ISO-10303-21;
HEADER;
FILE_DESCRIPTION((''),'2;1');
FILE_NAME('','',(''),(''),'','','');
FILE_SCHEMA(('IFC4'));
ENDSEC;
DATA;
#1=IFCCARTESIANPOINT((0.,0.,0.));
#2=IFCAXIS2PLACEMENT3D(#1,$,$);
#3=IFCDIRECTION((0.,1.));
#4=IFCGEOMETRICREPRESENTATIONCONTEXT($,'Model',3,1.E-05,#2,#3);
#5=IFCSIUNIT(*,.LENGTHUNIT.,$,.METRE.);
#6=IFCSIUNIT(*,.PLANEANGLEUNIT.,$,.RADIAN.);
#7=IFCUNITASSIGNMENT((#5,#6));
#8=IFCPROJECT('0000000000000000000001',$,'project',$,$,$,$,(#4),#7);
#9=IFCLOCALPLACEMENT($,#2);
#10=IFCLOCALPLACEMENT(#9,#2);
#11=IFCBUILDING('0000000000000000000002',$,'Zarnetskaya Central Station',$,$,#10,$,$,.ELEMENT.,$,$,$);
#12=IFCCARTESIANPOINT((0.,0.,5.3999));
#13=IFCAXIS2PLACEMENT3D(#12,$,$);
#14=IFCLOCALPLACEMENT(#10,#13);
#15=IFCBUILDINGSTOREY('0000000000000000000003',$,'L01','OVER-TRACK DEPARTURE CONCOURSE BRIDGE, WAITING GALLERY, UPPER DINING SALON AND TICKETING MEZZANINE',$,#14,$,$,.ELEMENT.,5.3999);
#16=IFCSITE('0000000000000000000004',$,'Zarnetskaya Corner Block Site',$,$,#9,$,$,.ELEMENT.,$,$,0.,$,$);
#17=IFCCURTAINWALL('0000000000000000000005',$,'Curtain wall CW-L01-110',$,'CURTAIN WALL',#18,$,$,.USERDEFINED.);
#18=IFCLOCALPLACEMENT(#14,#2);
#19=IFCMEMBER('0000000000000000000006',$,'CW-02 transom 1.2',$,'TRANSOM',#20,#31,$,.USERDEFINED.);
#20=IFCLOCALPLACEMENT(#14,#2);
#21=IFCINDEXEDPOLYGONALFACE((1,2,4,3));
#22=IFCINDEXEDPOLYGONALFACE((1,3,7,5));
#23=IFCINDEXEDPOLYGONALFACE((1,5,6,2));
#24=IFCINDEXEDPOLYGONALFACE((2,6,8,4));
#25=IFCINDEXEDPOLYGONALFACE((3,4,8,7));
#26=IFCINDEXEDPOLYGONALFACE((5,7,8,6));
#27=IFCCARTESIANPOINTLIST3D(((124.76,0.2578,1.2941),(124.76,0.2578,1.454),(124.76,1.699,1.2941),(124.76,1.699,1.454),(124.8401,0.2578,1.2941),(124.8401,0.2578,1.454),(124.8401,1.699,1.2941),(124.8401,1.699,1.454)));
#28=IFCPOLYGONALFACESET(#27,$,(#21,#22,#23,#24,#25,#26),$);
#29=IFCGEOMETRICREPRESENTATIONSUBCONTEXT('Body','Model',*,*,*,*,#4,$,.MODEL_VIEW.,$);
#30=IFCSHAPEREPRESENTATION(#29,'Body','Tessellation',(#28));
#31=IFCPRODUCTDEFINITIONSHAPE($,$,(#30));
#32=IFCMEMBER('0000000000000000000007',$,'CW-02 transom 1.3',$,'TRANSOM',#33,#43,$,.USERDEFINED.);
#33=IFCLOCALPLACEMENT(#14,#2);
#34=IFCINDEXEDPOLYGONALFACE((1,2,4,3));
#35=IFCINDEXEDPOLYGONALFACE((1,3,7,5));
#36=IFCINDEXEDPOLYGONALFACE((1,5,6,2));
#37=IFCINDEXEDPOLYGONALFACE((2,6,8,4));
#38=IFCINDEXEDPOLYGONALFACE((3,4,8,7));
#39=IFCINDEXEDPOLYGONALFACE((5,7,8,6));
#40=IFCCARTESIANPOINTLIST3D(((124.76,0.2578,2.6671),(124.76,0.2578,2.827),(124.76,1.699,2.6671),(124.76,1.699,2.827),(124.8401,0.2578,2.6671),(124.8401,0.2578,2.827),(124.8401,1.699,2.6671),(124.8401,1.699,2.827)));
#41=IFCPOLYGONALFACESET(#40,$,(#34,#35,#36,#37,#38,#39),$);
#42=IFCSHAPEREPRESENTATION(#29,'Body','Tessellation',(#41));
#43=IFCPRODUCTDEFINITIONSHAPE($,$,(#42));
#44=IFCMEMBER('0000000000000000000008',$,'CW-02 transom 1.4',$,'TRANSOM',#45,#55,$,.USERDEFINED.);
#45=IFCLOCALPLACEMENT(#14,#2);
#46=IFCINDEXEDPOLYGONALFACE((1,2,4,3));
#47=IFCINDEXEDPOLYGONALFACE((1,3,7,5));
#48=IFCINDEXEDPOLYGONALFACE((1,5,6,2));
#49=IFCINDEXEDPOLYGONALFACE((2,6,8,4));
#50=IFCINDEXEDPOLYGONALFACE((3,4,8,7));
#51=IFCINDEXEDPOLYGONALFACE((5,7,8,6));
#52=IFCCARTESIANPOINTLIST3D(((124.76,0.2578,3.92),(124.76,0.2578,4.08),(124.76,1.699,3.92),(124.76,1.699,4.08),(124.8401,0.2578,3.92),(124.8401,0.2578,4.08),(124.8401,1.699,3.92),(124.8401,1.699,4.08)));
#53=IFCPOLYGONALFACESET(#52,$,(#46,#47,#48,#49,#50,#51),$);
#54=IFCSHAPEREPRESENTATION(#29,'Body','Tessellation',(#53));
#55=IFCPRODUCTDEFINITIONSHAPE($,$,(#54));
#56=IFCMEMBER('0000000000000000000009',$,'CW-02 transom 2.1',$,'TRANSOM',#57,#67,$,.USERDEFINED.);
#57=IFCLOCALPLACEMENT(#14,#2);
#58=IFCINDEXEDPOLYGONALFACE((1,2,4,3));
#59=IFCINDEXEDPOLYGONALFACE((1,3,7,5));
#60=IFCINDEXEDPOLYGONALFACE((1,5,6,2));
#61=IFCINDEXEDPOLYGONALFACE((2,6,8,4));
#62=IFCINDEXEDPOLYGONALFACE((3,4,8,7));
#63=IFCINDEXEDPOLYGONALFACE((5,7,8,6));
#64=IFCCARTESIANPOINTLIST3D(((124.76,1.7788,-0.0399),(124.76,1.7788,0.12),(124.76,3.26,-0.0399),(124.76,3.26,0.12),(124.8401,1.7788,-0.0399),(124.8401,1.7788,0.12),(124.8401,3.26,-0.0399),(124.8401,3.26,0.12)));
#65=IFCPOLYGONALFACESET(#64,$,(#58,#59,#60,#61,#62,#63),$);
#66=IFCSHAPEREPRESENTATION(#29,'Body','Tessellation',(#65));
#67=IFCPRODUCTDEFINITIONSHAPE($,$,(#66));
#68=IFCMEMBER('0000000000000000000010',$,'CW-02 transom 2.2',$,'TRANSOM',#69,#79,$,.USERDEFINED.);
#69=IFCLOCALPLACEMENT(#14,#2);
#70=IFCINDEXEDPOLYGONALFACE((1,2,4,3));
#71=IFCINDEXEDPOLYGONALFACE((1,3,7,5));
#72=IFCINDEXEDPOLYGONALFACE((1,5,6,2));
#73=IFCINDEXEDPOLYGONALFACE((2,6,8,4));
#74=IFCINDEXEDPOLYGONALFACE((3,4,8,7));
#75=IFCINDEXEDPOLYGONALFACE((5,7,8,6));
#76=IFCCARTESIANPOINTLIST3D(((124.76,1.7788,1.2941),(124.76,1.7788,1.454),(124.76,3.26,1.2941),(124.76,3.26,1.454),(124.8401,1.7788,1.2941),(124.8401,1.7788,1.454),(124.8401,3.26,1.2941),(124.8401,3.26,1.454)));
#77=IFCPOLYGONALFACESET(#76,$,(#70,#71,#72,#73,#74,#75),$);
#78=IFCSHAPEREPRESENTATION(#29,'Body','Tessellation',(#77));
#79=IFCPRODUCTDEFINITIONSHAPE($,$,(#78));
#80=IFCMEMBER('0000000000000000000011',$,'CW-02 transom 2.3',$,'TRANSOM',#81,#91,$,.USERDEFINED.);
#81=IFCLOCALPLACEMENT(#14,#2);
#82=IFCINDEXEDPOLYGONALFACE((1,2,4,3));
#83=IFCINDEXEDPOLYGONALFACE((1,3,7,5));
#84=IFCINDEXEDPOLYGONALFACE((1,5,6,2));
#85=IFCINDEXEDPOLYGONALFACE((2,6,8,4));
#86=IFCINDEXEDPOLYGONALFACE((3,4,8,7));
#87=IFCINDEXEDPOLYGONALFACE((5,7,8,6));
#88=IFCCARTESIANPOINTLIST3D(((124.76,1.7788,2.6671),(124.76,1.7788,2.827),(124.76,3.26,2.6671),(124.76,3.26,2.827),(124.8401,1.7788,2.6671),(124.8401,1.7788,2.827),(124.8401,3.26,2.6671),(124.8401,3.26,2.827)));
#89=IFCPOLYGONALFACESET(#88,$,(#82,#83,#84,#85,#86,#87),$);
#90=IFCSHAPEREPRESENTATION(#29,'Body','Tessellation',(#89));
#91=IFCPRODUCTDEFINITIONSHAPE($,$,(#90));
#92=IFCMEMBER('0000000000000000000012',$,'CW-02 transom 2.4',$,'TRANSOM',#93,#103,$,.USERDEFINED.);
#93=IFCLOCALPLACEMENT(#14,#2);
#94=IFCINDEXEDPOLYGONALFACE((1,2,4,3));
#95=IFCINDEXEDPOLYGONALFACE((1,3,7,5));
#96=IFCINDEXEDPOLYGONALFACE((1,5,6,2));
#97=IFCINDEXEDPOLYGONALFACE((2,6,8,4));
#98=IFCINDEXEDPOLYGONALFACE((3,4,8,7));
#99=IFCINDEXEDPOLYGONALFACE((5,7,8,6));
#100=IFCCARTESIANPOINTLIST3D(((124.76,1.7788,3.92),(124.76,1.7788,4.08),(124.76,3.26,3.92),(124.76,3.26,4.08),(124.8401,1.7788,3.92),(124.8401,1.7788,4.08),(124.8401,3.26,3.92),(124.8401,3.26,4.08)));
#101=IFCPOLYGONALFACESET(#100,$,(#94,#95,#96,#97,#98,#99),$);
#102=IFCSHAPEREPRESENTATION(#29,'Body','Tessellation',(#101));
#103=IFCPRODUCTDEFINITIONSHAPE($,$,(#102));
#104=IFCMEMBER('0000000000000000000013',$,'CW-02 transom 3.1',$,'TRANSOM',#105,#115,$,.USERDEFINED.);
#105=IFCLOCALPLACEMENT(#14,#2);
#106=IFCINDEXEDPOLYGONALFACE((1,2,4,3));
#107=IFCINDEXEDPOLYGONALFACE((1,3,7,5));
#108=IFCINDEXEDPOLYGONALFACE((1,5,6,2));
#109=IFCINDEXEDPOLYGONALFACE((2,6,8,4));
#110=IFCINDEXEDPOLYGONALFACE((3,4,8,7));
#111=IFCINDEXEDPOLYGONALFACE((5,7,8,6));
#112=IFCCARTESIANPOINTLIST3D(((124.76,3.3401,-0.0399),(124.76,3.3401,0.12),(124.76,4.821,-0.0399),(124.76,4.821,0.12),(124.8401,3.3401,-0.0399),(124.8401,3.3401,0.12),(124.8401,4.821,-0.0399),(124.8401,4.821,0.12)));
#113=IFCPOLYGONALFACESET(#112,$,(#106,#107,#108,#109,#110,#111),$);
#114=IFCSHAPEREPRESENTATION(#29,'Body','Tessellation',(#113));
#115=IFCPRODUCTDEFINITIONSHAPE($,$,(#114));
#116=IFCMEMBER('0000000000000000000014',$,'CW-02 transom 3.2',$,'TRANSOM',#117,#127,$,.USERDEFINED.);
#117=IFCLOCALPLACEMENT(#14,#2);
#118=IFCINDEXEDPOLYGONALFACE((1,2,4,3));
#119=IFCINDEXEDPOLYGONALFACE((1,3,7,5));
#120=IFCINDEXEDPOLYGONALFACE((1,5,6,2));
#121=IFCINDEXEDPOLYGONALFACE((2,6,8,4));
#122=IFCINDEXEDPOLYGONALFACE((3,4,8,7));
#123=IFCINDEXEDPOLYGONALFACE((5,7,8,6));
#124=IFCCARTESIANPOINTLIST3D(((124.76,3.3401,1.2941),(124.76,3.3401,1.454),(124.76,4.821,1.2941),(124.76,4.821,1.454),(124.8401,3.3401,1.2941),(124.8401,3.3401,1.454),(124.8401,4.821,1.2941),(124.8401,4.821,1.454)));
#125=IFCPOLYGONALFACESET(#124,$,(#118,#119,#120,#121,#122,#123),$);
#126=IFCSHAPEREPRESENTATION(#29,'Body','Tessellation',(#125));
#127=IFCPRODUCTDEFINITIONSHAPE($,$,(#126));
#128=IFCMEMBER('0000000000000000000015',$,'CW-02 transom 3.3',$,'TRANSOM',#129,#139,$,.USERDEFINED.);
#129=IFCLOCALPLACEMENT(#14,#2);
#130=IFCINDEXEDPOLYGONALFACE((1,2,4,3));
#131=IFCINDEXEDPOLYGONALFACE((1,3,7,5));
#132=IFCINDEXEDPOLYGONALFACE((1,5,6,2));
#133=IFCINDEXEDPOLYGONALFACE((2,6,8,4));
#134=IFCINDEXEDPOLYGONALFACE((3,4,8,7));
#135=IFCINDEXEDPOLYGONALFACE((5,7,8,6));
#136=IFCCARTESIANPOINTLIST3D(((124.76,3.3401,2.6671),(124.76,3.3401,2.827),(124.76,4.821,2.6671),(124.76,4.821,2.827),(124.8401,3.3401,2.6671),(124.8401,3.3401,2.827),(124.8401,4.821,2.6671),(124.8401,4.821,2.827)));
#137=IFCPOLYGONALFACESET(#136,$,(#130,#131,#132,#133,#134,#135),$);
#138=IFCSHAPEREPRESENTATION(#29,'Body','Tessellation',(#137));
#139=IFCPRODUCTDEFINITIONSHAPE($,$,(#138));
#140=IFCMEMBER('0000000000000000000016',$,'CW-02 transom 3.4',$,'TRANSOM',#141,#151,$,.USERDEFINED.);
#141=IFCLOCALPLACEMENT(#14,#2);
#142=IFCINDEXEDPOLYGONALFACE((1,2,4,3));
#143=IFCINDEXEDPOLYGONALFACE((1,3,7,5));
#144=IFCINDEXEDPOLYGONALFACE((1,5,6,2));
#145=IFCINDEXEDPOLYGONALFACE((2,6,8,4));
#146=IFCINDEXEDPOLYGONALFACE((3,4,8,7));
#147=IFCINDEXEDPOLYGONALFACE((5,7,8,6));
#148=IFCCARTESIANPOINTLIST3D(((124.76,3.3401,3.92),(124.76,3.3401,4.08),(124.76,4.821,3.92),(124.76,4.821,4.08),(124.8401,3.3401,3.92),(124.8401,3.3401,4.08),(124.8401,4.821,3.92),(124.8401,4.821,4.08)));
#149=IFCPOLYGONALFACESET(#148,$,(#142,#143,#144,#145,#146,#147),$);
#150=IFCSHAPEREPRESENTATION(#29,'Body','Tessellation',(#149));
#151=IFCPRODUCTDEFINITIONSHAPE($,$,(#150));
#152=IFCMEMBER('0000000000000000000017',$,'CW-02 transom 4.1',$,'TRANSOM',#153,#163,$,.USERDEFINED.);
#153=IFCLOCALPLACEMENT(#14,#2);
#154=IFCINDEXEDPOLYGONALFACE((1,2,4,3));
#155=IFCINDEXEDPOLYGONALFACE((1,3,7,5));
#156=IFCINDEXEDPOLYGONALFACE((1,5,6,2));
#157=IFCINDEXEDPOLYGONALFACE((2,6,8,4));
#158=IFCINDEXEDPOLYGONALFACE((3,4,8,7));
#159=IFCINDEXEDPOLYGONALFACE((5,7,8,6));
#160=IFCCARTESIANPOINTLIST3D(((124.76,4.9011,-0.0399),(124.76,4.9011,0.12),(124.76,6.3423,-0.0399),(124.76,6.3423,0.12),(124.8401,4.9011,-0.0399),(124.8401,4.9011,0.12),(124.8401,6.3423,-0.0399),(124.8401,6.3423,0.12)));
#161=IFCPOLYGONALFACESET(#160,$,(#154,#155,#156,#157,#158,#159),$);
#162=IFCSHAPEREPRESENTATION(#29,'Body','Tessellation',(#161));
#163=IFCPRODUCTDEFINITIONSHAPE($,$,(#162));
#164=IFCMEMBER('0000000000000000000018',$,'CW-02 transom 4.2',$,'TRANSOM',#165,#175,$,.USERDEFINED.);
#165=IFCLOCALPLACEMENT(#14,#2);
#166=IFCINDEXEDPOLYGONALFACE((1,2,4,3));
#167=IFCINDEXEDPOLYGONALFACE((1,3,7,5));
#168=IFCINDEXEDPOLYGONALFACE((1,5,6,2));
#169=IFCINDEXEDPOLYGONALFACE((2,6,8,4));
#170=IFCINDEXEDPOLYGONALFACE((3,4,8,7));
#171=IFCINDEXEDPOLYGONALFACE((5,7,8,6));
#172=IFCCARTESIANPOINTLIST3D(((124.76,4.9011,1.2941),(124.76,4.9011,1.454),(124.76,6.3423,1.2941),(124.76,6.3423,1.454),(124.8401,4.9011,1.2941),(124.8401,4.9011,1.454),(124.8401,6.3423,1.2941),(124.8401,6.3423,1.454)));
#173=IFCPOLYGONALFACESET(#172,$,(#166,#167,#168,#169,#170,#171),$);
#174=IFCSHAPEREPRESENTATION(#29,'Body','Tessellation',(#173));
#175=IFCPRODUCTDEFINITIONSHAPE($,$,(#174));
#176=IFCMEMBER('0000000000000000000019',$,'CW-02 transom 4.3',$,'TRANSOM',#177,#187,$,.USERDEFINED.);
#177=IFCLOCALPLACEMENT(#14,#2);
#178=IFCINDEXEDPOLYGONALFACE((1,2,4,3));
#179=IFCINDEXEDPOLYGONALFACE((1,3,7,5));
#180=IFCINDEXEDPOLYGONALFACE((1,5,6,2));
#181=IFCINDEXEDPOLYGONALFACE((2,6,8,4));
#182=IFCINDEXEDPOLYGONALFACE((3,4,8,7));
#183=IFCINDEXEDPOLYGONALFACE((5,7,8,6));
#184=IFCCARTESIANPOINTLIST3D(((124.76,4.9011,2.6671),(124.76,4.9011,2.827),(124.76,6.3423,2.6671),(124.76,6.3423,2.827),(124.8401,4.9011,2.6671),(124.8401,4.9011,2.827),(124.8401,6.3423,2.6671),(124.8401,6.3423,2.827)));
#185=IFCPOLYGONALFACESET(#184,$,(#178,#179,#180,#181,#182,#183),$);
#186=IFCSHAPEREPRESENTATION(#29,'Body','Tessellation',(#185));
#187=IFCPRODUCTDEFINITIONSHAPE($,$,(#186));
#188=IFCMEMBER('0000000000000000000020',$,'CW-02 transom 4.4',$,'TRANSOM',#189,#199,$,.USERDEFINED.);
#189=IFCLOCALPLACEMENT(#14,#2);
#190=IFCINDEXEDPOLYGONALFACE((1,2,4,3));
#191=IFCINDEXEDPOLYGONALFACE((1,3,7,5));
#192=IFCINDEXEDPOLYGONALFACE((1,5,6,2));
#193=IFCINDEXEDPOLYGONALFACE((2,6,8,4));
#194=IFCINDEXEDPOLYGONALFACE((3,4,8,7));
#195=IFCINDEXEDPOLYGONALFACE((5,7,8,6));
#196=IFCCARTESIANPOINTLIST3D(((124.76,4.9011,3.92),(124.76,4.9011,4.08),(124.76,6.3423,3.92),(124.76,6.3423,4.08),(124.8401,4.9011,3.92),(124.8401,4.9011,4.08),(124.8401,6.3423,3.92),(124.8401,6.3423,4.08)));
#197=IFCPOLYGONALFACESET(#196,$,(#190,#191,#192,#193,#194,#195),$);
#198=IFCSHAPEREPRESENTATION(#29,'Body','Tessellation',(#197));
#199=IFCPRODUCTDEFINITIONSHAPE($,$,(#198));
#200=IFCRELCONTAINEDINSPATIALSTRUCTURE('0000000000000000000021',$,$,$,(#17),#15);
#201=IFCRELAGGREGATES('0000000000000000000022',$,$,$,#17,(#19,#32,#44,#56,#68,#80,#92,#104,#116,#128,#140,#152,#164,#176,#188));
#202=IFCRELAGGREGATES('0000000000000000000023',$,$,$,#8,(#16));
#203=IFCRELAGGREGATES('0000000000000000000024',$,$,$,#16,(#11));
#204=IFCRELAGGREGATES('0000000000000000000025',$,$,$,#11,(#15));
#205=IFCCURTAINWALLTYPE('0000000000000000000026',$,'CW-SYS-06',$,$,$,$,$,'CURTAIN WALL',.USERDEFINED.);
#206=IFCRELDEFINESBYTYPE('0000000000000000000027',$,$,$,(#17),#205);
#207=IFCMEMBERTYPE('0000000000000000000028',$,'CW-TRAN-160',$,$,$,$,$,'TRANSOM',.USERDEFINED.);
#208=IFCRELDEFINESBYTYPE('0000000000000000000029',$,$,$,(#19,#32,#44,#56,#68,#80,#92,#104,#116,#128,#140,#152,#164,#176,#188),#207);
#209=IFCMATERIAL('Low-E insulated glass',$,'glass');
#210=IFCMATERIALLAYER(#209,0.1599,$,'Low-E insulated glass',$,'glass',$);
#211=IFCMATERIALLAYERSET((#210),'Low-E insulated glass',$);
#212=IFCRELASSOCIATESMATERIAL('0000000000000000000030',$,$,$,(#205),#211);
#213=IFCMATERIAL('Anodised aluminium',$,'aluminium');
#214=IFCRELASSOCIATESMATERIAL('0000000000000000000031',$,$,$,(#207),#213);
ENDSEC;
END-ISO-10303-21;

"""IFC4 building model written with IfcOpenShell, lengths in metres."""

from ifc_helpers import new_model, si_unit, direction, frame, origin, origin_2d, place, context, subcontext, project, spatial, rectangle, extrude, material, layer, layer_set, material_profile, profile_set, type_object, element, aggregate, save


model = new_model("IFC4")

# Units and contexts
model_context = context("Model", 3, precision=1e-05, world=origin(), true_north=direction((0.0, 1.0)))
body_context = subcontext(model_context, "Body", "Model", "MODEL_VIEW")
ifc_project = project(units=[si_unit("LENGTHUNIT", "METRE"), si_unit("PLANEANGLEUNIT", "RADIAN")], contexts=[model_context])

# Site, building, storey
site_placement = place(None, origin())
site = spatial("IfcSite", under=ifc_project, at=site_placement, Name="Zarnetskaya Corner Block Site", CompositionType="ELEMENT", RefElevation=0.0)
building_placement = place(site_placement, origin())
building = spatial("IfcBuilding", under=site, at=building_placement, Name="Zarnetskaya Central Station", CompositionType="ELEMENT")
storey_placement = place(building_placement, frame((0.0, 0.0, 5.3999)))
storey = spatial("IfcBuildingStorey", under=building, at=storey_placement, Name="L01", Description="OVER-TRACK DEPARTURE CONCOURSE BRIDGE, WAITING GALLERY, UPPER DINING SALON AND TICKETING MEZZANINE", CompositionType="ELEMENT", Elevation=5.3999)

# Curtain wall, members
ifc_material_1 = material(Name="Low-E insulated glass", Category="glass")
ifc_layer_1 = layer(ifc_material_1, 0.1599, Name="Low-E insulated glass", Category="glass")
ifc_layer_set_1 = layer_set([ifc_layer_1], Name="Low-E insulated glass")
curtain_wall_type = type_object("IfcCurtainWallType", Name="CW-SYS-06", ElementType="CURTAIN WALL", PredefinedType="USERDEFINED", material=ifc_layer_set_1)
curtain_wall_placement = place(storey_placement, origin())
curtain_wall = element("IfcCurtainWall", 1, at=curtain_wall_placement, inside=storey, type_object=curtain_wall_type, Name="Curtain wall CW-L01-110", ObjectType="CURTAIN WALL", PredefinedType="USERDEFINED")
ifc_material_2 = material(Name="Anodised aluminium", Category="aluminium")
ifc_material_profile_1 = material_profile(ifc_material_2, rectangle(XDim=0.0801, YDim=0.1599, at=origin_2d()), Name="ALU TRAN 80x160")
ifc_profile_set_1 = profile_set([ifc_material_profile_1], Name="Anodised aluminium")
member_type_1 = type_object("IfcMemberType", Name="CW-TRAN-160", ElementType="TRANSOM", PredefinedType="USERDEFINED", material=ifc_profile_set_1)
member_1_placement = place(storey_placement, frame((124.8, 0.2578, 1.374), z_axis=(0.0, 1.0, 0.0), x_axis=(-1.0, 0.0, 0.0)))
member_1 = element("IfcMember", 2, at=member_1_placement, type_object=member_type_1, Name="CW-02 transom 1.2", ObjectType="TRANSOM", PredefinedType="USERDEFINED", context=body_context, shape_type="SweptSolid", body=[
    extrude(rectangle(XDim=0.0801, YDim=0.1599, at=origin_2d()), origin(), (0.0, 0.0, 1.0), 1.4412),
])
member_2_placement = place(storey_placement, frame((124.8, 0.2578, 2.7471), z_axis=(0.0, 1.0, 0.0), x_axis=(-1.0, 0.0, 0.0)))
member_2 = element("IfcMember", 3, at=member_2_placement, type_object=member_type_1, Name="CW-02 transom 1.3", ObjectType="TRANSOM", PredefinedType="USERDEFINED", context=body_context, shape_type="SweptSolid", body=[
    extrude(rectangle(XDim=0.0801, YDim=0.1599, at=origin_2d()), origin(), (0.0, 0.0, 1.0), 1.4412),
])
member_3_placement = place(storey_placement, frame((124.8, 0.2578, 4.0), z_axis=(0.0, 1.0, 0.0), x_axis=(-1.0, 0.0, 0.0)))
member_3 = element("IfcMember", 4, at=member_3_placement, type_object=member_type_1, Name="CW-02 transom 1.4", ObjectType="TRANSOM", PredefinedType="USERDEFINED", context=body_context, shape_type="SweptSolid", body=[
    extrude(rectangle(XDim=0.0801, YDim=0.1599, at=origin_2d()), origin(), (0.0, 0.0, 1.0), 1.4412),
])
member_4_placement = place(storey_placement, frame((124.8, 1.7788, 0.04), z_axis=(0.0, 1.0, 0.0), x_axis=(-1.0, 0.0, 0.0)))
member_4 = element("IfcMember", 5, at=member_4_placement, type_object=member_type_1, Name="CW-02 transom 2.1", ObjectType="TRANSOM", PredefinedType="USERDEFINED", context=body_context, shape_type="SweptSolid", body=[
    extrude(rectangle(XDim=0.0801, YDim=0.1599, at=origin_2d()), origin(), (0.0, 0.0, 1.0), 1.4812),
])
member_5_placement = place(storey_placement, frame((124.8, 1.7788, 1.374), z_axis=(0.0, 1.0, 0.0), x_axis=(-1.0, 0.0, 0.0)))
member_5 = element("IfcMember", 6, at=member_5_placement, type_object=member_type_1, Name="CW-02 transom 2.2", ObjectType="TRANSOM", PredefinedType="USERDEFINED", context=body_context, shape_type="SweptSolid", body=[
    extrude(rectangle(XDim=0.0801, YDim=0.1599, at=origin_2d()), origin(), (0.0, 0.0, 1.0), 1.4812),
])
member_6_placement = place(storey_placement, frame((124.8, 1.7788, 2.7471), z_axis=(0.0, 1.0, 0.0), x_axis=(-1.0, 0.0, 0.0)))
member_6 = element("IfcMember", 7, at=member_6_placement, type_object=member_type_1, Name="CW-02 transom 2.3", ObjectType="TRANSOM", PredefinedType="USERDEFINED", context=body_context, shape_type="SweptSolid", body=[
    extrude(rectangle(XDim=0.0801, YDim=0.1599, at=origin_2d()), origin(), (0.0, 0.0, 1.0), 1.4812),
])
member_7_placement = place(storey_placement, frame((124.8, 1.7788, 4.0), z_axis=(0.0, 1.0, 0.0), x_axis=(-1.0, 0.0, 0.0)))
member_7 = element("IfcMember", 8, at=member_7_placement, type_object=member_type_1, Name="CW-02 transom 2.4", ObjectType="TRANSOM", PredefinedType="USERDEFINED", context=body_context, shape_type="SweptSolid", body=[
    extrude(rectangle(XDim=0.0801, YDim=0.1599, at=origin_2d()), origin(), (0.0, 0.0, 1.0), 1.4812),
])
member_8_placement = place(storey_placement, frame((124.8, 3.3401, 0.04), z_axis=(0.0, 1.0, 0.0), x_axis=(-1.0, 0.0, 0.0)))
member_8 = element("IfcMember", 9, at=member_8_placement, type_object=member_type_1, Name="CW-02 transom 3.1", ObjectType="TRANSOM", PredefinedType="USERDEFINED", context=body_context, shape_type="SweptSolid", body=[
    extrude(rectangle(XDim=0.0801, YDim=0.1599, at=origin_2d()), origin(), (0.0, 0.0, 1.0), 1.481),
])
member_9_placement = place(storey_placement, frame((124.8, 3.3401, 1.374), z_axis=(0.0, 1.0, 0.0), x_axis=(-1.0, 0.0, 0.0)))
member_9 = element("IfcMember", 10, at=member_9_placement, type_object=member_type_1, Name="CW-02 transom 3.2", ObjectType="TRANSOM", PredefinedType="USERDEFINED", context=body_context, shape_type="SweptSolid", body=[
    extrude(rectangle(XDim=0.0801, YDim=0.1599, at=origin_2d()), origin(), (0.0, 0.0, 1.0), 1.481),
])
member_10_placement = place(storey_placement, frame((124.8, 3.3401, 2.7471), z_axis=(0.0, 1.0, 0.0), x_axis=(-1.0, 0.0, 0.0)))
member_10 = element("IfcMember", 11, at=member_10_placement, type_object=member_type_1, Name="CW-02 transom 3.3", ObjectType="TRANSOM", PredefinedType="USERDEFINED", context=body_context, shape_type="SweptSolid", body=[
    extrude(rectangle(XDim=0.0801, YDim=0.1599, at=origin_2d()), origin(), (0.0, 0.0, 1.0), 1.481),
])
member_11_placement = place(storey_placement, frame((124.8, 3.3401, 4.0), z_axis=(0.0, 1.0, 0.0), x_axis=(-1.0, 0.0, 0.0)))
member_11 = element("IfcMember", 12, at=member_11_placement, type_object=member_type_1, Name="CW-02 transom 3.4", ObjectType="TRANSOM", PredefinedType="USERDEFINED", context=body_context, shape_type="SweptSolid", body=[
    extrude(rectangle(XDim=0.0801, YDim=0.1599, at=origin_2d()), origin(), (0.0, 0.0, 1.0), 1.481),
])
member_12_placement = place(storey_placement, frame((124.8, 4.9011, 0.04), z_axis=(0.0, 1.0, 0.0), x_axis=(-1.0, 0.0, 0.0)))
member_12 = element("IfcMember", 13, at=member_12_placement, type_object=member_type_1, Name="CW-02 transom 4.1", ObjectType="TRANSOM", PredefinedType="USERDEFINED", context=body_context, shape_type="SweptSolid", body=[
    extrude(rectangle(XDim=0.0801, YDim=0.1599, at=origin_2d()), origin(), (0.0, 0.0, 1.0), 1.4412),
])
member_13_placement = place(storey_placement, frame((124.8, 4.9011, 1.374), z_axis=(0.0, 1.0, 0.0), x_axis=(-1.0, 0.0, 0.0)))
member_13 = element("IfcMember", 14, at=member_13_placement, type_object=member_type_1, Name="CW-02 transom 4.2", ObjectType="TRANSOM", PredefinedType="USERDEFINED", context=body_context, shape_type="SweptSolid", body=[
    extrude(rectangle(XDim=0.0801, YDim=0.1599, at=origin_2d()), origin(), (0.0, 0.0, 1.0), 1.4412),
])
member_14_placement = place(storey_placement, frame((124.8, 4.9011, 2.7471), z_axis=(0.0, 1.0, 0.0), x_axis=(-1.0, 0.0, 0.0)))
member_14 = element("IfcMember", 15, at=member_14_placement, type_object=member_type_1, Name="CW-02 transom 4.3", ObjectType="TRANSOM", PredefinedType="USERDEFINED", context=body_context, shape_type="SweptSolid", body=[
    extrude(rectangle(XDim=0.0801, YDim=0.1599, at=origin_2d()), origin(), (0.0, 0.0, 1.0), 1.4412),
])
member_15_placement = place(storey_placement, frame((124.8, 4.9011, 4.0), z_axis=(0.0, 1.0, 0.0), x_axis=(-1.0, 0.0, 0.0)))
member_15 = element("IfcMember", 16, at=member_15_placement, type_object=member_type_1, Name="CW-02 transom 4.4", ObjectType="TRANSOM", PredefinedType="USERDEFINED", context=body_context, shape_type="SweptSolid", body=[
    extrude(rectangle(XDim=0.0801, YDim=0.1599, at=origin_2d()), origin(), (0.0, 0.0, 1.0), 1.4412),
])

aggregate(curtain_wall, [member_1, member_2, member_3, member_4, member_5, member_6, member_7, member_8, member_9, member_10, member_11, member_12, member_13, member_14, member_15])

save(model, "model.ifc")
